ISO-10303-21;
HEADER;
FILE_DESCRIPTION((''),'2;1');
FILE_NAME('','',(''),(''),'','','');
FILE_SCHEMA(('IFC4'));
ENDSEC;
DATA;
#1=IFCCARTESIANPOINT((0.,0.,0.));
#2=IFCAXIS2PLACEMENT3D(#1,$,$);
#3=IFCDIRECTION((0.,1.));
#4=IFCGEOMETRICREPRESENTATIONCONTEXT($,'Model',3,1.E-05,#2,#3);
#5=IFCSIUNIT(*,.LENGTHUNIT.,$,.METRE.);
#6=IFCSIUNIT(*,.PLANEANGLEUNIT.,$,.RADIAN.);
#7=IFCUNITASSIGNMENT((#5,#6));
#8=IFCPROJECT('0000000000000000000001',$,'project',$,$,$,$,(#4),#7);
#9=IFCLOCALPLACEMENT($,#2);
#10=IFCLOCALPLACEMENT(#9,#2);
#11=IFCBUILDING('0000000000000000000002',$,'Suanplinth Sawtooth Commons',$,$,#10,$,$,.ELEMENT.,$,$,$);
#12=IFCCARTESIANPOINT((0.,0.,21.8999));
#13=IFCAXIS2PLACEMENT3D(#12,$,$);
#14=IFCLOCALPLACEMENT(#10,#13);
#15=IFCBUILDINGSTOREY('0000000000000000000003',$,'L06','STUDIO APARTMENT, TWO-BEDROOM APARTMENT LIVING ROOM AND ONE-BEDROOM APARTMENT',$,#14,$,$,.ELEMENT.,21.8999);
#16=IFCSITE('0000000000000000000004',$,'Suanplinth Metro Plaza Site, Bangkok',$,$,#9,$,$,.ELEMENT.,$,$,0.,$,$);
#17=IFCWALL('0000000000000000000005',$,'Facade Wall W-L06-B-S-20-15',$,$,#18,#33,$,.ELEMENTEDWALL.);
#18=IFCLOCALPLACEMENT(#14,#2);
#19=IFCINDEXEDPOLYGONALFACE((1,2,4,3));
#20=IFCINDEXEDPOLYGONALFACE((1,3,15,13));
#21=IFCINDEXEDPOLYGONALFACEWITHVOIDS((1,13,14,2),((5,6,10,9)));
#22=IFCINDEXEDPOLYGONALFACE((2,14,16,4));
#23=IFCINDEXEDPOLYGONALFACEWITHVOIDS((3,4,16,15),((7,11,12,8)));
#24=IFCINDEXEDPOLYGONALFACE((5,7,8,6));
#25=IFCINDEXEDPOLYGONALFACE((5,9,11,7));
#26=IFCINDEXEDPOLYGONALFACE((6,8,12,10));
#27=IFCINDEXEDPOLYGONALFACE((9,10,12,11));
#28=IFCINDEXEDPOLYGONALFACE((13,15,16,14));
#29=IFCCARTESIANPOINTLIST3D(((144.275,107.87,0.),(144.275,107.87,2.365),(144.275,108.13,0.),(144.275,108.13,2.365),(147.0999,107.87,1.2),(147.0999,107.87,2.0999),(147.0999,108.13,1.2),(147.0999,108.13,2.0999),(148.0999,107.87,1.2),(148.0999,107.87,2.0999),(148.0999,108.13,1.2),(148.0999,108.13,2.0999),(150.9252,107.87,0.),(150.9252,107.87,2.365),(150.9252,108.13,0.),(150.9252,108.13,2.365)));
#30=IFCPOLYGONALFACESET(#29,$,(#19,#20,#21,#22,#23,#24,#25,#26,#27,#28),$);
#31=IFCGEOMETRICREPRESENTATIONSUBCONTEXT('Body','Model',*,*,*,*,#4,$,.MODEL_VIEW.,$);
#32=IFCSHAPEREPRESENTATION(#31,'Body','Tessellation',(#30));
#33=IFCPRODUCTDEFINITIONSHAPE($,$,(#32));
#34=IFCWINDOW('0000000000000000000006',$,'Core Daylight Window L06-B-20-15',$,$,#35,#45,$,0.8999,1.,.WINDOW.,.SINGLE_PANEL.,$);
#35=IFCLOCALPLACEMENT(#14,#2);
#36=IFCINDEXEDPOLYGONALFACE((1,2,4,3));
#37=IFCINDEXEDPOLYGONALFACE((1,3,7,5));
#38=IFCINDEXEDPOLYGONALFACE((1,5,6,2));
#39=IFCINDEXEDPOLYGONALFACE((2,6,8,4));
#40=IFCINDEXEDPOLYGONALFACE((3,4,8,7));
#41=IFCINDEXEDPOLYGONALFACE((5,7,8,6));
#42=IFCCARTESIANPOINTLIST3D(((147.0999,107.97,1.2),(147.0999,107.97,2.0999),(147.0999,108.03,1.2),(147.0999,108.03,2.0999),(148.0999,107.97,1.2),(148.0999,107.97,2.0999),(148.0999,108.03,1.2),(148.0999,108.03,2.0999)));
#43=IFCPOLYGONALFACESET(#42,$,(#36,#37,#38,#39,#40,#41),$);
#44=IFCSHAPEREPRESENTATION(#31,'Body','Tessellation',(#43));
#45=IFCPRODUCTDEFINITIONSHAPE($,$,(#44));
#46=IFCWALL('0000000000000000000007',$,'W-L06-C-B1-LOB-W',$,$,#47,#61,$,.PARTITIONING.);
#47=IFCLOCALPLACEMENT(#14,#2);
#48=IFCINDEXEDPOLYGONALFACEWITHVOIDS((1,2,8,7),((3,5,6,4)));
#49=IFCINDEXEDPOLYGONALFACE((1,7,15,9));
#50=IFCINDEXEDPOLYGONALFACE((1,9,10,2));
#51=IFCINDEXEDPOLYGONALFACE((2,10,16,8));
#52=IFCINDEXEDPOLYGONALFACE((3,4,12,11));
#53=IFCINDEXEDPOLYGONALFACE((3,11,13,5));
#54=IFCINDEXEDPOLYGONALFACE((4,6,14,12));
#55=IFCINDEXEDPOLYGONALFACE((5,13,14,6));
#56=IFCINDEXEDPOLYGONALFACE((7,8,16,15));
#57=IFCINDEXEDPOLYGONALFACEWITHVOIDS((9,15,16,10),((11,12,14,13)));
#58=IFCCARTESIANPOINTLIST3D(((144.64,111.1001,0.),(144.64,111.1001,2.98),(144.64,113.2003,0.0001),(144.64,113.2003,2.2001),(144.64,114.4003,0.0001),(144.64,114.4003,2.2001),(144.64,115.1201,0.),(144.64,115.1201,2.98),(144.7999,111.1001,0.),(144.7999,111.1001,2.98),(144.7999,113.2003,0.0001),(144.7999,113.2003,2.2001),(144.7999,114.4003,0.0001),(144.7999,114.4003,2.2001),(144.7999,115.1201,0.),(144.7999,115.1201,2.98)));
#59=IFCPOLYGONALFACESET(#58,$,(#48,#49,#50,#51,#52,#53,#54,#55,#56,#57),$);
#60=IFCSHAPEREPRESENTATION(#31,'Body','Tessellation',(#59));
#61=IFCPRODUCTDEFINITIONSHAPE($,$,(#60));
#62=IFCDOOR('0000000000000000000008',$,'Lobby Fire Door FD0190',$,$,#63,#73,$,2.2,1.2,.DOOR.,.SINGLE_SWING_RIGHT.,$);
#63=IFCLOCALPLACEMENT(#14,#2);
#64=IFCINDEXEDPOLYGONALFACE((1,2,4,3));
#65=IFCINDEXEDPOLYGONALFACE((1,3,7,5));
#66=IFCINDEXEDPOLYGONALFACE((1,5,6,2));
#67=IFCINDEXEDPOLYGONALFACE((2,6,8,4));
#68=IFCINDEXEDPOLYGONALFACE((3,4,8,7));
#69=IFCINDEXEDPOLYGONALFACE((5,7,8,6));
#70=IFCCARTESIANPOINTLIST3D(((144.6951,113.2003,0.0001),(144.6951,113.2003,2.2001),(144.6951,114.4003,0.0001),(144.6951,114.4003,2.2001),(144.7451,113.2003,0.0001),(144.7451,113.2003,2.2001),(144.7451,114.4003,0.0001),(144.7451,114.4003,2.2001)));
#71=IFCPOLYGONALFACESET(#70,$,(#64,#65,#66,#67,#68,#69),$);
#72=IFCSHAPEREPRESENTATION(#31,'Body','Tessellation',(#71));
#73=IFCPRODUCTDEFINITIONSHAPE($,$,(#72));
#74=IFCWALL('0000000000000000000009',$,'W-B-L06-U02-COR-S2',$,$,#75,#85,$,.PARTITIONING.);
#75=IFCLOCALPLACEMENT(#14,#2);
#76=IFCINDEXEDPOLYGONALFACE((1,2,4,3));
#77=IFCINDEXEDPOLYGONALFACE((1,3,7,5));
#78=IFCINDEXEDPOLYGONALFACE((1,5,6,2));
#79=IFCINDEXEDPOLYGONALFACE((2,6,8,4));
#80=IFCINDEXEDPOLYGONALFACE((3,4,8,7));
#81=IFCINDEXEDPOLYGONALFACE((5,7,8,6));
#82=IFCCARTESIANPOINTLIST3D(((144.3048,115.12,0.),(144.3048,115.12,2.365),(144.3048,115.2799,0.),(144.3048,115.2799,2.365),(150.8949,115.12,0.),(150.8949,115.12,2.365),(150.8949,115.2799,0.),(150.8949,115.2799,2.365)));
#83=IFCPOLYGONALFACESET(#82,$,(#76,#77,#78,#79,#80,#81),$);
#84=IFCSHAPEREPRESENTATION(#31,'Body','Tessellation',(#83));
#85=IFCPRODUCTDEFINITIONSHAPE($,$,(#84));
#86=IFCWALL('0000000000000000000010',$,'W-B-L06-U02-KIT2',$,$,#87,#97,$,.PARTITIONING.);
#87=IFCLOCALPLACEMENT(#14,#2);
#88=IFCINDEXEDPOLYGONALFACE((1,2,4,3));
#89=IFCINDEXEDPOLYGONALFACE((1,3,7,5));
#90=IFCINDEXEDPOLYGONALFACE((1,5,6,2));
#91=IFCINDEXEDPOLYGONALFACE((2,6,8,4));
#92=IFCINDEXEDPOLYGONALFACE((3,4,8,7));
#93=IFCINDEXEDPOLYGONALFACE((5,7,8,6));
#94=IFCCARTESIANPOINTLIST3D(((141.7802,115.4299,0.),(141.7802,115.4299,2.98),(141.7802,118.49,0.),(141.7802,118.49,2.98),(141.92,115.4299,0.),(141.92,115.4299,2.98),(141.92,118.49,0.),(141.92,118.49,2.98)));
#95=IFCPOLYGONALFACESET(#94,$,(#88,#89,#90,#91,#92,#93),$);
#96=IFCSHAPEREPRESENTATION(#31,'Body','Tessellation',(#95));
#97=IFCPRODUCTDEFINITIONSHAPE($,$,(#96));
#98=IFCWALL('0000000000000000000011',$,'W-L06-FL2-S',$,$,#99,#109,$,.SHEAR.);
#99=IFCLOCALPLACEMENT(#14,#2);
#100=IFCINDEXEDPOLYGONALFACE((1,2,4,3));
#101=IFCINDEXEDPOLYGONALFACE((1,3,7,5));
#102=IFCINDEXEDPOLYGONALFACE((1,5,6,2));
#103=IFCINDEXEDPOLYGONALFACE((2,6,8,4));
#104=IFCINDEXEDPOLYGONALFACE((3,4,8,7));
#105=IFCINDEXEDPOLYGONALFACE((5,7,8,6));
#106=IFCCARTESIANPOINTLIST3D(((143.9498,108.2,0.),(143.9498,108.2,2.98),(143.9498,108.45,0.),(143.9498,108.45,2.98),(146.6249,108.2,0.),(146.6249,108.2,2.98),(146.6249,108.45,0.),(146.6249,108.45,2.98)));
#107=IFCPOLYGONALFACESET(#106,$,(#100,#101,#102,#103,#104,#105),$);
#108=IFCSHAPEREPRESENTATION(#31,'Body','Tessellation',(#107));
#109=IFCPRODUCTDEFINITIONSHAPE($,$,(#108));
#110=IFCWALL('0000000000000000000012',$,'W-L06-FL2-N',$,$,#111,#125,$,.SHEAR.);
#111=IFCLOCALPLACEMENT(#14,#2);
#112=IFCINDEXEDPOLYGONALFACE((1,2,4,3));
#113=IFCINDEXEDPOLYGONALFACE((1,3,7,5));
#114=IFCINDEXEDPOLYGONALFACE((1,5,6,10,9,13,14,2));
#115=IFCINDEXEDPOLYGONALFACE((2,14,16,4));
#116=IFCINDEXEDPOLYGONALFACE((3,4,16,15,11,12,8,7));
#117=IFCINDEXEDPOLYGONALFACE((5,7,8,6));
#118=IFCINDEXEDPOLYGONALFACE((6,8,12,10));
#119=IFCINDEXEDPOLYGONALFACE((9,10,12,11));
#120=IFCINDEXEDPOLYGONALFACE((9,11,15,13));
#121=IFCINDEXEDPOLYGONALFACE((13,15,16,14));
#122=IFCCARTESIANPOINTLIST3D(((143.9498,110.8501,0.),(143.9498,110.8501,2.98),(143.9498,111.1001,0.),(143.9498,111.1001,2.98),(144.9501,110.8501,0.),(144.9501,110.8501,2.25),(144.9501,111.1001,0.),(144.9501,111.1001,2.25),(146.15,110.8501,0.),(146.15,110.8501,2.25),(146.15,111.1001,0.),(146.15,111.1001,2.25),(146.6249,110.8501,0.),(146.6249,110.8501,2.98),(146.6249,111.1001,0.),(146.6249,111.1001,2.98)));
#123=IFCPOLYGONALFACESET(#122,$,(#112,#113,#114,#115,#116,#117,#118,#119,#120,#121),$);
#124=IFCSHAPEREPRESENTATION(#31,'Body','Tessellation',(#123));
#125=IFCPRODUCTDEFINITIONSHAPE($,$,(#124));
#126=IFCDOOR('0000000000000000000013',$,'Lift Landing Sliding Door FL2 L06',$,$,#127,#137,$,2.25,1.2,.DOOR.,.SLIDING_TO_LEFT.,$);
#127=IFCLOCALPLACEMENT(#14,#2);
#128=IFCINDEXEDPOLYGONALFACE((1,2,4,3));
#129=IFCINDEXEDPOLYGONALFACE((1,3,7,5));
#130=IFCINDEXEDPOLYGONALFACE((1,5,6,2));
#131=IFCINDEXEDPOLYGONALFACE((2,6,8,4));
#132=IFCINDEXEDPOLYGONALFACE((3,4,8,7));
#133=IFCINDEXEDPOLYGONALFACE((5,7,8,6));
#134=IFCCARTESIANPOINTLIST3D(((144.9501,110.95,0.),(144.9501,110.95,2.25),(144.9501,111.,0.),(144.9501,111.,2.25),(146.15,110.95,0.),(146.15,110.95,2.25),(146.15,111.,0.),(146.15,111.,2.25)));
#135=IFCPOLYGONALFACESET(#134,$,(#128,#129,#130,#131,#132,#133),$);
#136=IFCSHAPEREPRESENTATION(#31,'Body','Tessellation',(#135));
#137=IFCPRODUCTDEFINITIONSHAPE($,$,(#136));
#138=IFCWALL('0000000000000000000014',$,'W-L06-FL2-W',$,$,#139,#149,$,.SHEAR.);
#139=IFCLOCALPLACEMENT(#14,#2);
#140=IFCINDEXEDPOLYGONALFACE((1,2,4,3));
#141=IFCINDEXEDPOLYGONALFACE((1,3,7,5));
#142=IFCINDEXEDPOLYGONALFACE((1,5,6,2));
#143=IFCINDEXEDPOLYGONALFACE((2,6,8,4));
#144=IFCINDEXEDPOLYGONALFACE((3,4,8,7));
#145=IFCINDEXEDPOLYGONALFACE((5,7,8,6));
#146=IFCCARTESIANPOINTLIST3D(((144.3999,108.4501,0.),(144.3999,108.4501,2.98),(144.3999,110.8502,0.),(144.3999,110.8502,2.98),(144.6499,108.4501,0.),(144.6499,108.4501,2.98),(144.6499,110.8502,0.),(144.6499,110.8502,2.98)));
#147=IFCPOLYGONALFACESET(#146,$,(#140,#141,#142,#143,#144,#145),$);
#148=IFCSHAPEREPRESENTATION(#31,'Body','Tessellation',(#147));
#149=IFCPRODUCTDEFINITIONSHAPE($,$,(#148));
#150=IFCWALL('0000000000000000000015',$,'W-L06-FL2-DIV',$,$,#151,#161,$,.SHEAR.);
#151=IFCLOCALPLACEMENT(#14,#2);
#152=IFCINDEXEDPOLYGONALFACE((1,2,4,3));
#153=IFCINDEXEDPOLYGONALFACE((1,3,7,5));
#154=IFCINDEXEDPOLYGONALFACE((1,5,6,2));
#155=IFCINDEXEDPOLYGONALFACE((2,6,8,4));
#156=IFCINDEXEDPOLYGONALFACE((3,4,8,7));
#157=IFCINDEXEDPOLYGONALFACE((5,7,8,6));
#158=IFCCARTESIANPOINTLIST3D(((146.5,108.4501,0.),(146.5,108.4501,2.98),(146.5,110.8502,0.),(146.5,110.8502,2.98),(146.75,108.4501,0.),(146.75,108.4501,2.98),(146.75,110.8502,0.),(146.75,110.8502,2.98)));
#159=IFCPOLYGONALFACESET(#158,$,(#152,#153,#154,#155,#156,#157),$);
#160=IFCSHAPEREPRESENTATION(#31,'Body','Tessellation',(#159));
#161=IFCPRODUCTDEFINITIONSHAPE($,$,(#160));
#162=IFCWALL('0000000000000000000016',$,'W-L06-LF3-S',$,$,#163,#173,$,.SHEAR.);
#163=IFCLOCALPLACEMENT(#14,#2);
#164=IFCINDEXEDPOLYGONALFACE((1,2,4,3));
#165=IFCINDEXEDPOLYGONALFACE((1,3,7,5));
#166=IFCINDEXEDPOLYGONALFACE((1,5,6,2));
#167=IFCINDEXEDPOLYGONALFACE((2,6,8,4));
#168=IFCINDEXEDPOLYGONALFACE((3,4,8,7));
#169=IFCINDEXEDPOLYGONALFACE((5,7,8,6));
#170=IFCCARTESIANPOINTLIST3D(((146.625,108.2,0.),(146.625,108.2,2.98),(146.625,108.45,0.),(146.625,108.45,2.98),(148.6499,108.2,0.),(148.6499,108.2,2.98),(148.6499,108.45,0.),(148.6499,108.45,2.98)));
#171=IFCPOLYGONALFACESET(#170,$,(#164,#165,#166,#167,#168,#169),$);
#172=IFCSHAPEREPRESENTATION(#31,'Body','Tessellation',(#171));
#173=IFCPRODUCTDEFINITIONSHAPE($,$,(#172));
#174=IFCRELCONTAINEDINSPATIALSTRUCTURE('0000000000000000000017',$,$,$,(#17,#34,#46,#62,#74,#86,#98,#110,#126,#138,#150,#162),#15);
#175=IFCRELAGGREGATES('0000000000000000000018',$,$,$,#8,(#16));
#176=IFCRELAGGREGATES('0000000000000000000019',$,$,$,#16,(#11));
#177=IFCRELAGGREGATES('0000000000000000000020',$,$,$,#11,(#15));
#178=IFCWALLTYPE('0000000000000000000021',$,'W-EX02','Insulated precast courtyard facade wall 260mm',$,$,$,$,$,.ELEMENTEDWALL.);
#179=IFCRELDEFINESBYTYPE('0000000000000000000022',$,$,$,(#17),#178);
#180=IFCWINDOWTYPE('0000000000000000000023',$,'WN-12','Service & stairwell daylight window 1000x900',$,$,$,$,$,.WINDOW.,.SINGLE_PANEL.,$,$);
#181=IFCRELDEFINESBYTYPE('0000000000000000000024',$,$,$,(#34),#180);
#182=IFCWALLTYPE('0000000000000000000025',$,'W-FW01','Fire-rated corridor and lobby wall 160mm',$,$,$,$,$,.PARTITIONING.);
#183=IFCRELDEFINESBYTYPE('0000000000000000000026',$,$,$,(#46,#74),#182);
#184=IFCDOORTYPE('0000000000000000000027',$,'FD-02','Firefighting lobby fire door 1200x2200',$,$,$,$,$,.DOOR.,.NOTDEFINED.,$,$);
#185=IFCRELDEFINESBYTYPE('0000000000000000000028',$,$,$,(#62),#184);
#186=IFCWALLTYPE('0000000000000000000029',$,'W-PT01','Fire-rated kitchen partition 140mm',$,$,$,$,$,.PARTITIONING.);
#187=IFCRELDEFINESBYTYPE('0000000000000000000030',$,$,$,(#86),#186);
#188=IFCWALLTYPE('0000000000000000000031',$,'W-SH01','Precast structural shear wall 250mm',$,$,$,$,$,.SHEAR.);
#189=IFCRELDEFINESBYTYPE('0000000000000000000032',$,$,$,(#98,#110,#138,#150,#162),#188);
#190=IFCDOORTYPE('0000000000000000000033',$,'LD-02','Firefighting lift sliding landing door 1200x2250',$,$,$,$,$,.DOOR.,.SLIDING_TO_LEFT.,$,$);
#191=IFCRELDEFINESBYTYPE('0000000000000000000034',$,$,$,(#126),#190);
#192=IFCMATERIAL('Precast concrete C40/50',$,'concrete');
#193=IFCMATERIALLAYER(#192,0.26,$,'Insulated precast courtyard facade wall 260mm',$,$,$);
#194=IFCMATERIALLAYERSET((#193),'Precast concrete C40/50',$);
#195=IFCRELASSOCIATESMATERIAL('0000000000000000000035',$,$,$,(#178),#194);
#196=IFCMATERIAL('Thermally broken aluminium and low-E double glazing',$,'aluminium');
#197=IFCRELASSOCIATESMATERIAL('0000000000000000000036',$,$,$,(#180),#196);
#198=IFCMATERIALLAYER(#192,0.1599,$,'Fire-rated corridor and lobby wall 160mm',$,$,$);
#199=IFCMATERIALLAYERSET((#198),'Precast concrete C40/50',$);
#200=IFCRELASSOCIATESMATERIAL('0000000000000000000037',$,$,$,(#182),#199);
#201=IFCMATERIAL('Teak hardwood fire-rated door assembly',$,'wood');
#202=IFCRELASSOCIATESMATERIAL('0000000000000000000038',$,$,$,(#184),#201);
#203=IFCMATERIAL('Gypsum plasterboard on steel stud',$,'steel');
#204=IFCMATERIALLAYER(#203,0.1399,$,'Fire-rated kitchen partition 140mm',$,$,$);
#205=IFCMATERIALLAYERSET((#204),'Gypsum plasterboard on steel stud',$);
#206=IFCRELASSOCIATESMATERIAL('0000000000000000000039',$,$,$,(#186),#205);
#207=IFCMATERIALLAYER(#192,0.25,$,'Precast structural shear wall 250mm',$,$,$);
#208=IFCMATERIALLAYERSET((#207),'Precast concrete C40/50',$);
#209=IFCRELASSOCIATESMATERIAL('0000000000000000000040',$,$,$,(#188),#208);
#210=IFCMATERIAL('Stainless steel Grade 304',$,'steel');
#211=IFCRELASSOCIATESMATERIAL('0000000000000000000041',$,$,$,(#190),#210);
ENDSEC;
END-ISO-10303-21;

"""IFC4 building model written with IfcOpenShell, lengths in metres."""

from ifc_helpers import new_model, si_unit, direction, frame, frame_2d, origin, place, context, subcontext, project, spatial, rectangle, extrude, material, layer, layer_set, type_object, element, fill, save


model = new_model("IFC4")

# Units and contexts
model_context = context("Model", 3, precision=1e-05, world=origin(), true_north=direction((0.0, 1.0)))
body_context = subcontext(model_context, "Body", "Model", "MODEL_VIEW")
ifc_project = project(units=[si_unit("LENGTHUNIT", "METRE"), si_unit("PLANEANGLEUNIT", "RADIAN")], contexts=[model_context])

# Site, building, storey
site_placement = place(None, origin())
site = spatial("IfcSite", under=ifc_project, at=site_placement, Name="Suanplinth Metro Plaza Site, Bangkok", CompositionType="ELEMENT", RefElevation=0.0)
building_placement = place(site_placement, origin())
building = spatial("IfcBuilding", under=site, at=building_placement, Name="Suanplinth Sawtooth Commons", CompositionType="ELEMENT")
storey_placement = place(building_placement, frame((0.0, 0.0, 21.8999)))
storey = spatial("IfcBuildingStorey", under=building, at=storey_placement, Name="L06", Description="STUDIO APARTMENT, TWO-BEDROOM APARTMENT LIVING ROOM AND ONE-BEDROOM APARTMENT", CompositionType="ELEMENT", Elevation=21.8999)

# Shared definitions
ifc_material_1 = material(Name="Precast concrete C40/50", Category="concrete")

# Wall, opening, window
ifc_layer_1 = layer(ifc_material_1, 0.26, Name="Insulated precast courtyard facade wall 260mm")
ifc_layer_set_1 = layer_set([ifc_layer_1], Name="Precast concrete C40/50")
wall_type_1 = type_object("IfcWallType", Name="W-EX02", Description="Insulated precast courtyard facade wall 260mm", PredefinedType="ELEMENTEDWALL", material=ifc_layer_set_1)
wall_1_placement = place(storey_placement, frame((144.2749, 108.0, 0.0), z_axis=(0.0, 0.0, 1.0), x_axis=(1.0, 0.0, 0.0)))
wall_1 = element("IfcWall", 1, at=wall_1_placement, inside=storey, type_object=wall_type_1, Name="Facade Wall W-L06-B-S-20-15", PredefinedType="ELEMENTEDWALL", context=body_context, shape_type="SweptSolid", body=[
    extrude(rectangle(XDim=6.6501, YDim=0.26, at=frame_2d((3.3252, 0.0))), origin(), (0.0, 0.0, 1.0), 2.365),
])
opening_1_placement = place(wall_1_placement, frame((2.825, 0.0, 1.2)))
opening_1 = element("IfcOpeningElement", 2, at=opening_1_placement, cuts=wall_1, PredefinedType="OPENING", context=body_context, shape_type="SweptSolid", body=[
    extrude(rectangle(XDim=1.0, YDim=0.8999, at=frame_2d((0.5, 0.45))), frame((0.0, 0.145, 0.0), z_axis=(0.0, -1.0, 0.0), x_axis=(1.0, 0.0, 0.0)), (0.0, 0.0, 1.0), 0.2898),
])
ifc_material_2 = material(Name="Thermally broken aluminium and low-E double glazing", Category="aluminium")
window_type = type_object("IfcWindowType", Name="WN-12", Description="Service & stairwell daylight window 1000x900", PartitioningType="SINGLE_PANEL", PredefinedType="WINDOW", material=ifc_material_2)
window_placement = place(opening_1_placement, origin())
window = element("IfcWindow", 3, at=window_placement, inside=storey, type_object=window_type, Name="Core Daylight Window L06-B-20-15", OverallHeight=0.8999, OverallWidth=1.0, PartitioningType="SINGLE_PANEL", PredefinedType="WINDOW", context=body_context, shape_type="SweptSolid", body=[
    extrude(rectangle(XDim=1.0, YDim=0.8999, at=frame_2d((0.5, 0.45))), frame((0.0, 0.03, 0.0), z_axis=(0.0, -1.0, 0.0), x_axis=(1.0, 0.0, 0.0)), (0.0, 0.0, 1.0), 0.0601),
])
fill(opening_1, window)

# Wall, opening, door
ifc_layer_2 = layer(ifc_material_1, 0.1599, Name="Fire-rated corridor and lobby wall 160mm")
ifc_layer_set_2 = layer_set([ifc_layer_2], Name="Precast concrete C40/50")
wall_type_2 = type_object("IfcWallType", Name="W-FW01", Description="Fire-rated corridor and lobby wall 160mm", PredefinedType="PARTITIONING", material=ifc_layer_set_2)
wall_2_placement = place(storey_placement, frame((144.72, 111.1001, 0.0), z_axis=(0.0, 0.0, 1.0), x_axis=(0.0, 1.0, 0.0)))
wall_2 = element("IfcWall", 4, at=wall_2_placement, inside=storey, type_object=wall_type_2, Name="W-L06-C-B1-LOB-W", PredefinedType="PARTITIONING", context=body_context, shape_type="SweptSolid", body=[
    extrude(rectangle(XDim=4.02, YDim=0.1599, at=frame_2d((2.01, 0.0))), origin(), (0.0, 0.0, 1.0), 2.98),
])
opening_2_placement = place(wall_2_placement, frame((2.1001, 0.0, 0.0)))
opening_2 = element("IfcOpeningElement", 5, at=opening_2_placement, cuts=wall_2, PredefinedType="OPENING", context=body_context, shape_type="SweptSolid", body=[
    extrude(rectangle(XDim=1.2, YDim=2.2, at=frame_2d((0.6001, 1.1001))), frame((0.0, 0.0947, 0.0), z_axis=(0.0, -1.0, 0.0), x_axis=(1.0, 0.0, 0.0)), (0.0, 0.0, 1.0), 0.1897),
])
ifc_material_3 = material(Name="Teak hardwood fire-rated door assembly", Category="wood")
door_type_1 = type_object("IfcDoorType", Name="FD-02", Description="Firefighting lobby fire door 1200x2200", OperationType="NOTDEFINED", PredefinedType="DOOR", material=ifc_material_3)
door_1_placement = place(opening_2_placement, origin())
door_1 = element("IfcDoor", 6, at=door_1_placement, inside=storey, type_object=door_type_1, Name="Lobby Fire Door FD0190", OperationType="SINGLE_SWING_RIGHT", OverallHeight=2.2, OverallWidth=1.2, PredefinedType="DOOR", context=body_context, shape_type="SweptSolid", body=[
    extrude(rectangle(XDim=1.2, YDim=2.2, at=frame_2d((0.6001, 1.1001))), frame((0.0, 0.0249, 0.0), z_axis=(0.0, -1.0, 0.0), x_axis=(1.0, 0.0, 0.0)), (0.0, 0.0, 1.0), 0.05),
])
fill(opening_2, door_1)

# Walls
wall_3_placement = place(storey_placement, frame((144.3049, 115.2, 0.0), z_axis=(0.0, 0.0, 1.0), x_axis=(1.0, 0.0, 0.0)))
element("IfcWall", 7, at=wall_3_placement, inside=storey, type_object=wall_type_2, Name="W-B-L06-U02-COR-S2", PredefinedType="PARTITIONING", context=body_context, shape_type="SweptSolid", body=[
    extrude(rectangle(XDim=6.5901, YDim=0.1599, at=frame_2d((3.2949, 0.0))), origin(), (0.0, 0.0, 1.0), 2.365),
])
ifc_material_4 = material(Name="Gypsum plasterboard on steel stud", Category="steel")
ifc_layer_3 = layer(ifc_material_4, 0.1399, Name="Fire-rated kitchen partition 140mm")
ifc_layer_set_3 = layer_set([ifc_layer_3], Name="Gypsum plasterboard on steel stud")
wall_type_3 = type_object("IfcWallType", Name="W-PT01", Description="Fire-rated kitchen partition 140mm", PredefinedType="PARTITIONING", material=ifc_layer_set_3)
wall_4_placement = place(storey_placement, frame((141.8501, 115.4299, 0.0), z_axis=(0.0, 0.0, 1.0), x_axis=(0.0, 1.0, 0.0)))
element("IfcWall", 8, at=wall_4_placement, inside=storey, type_object=wall_type_3, Name="W-B-L06-U02-KIT2", PredefinedType="PARTITIONING", context=body_context, shape_type="SweptSolid", body=[
    extrude(rectangle(XDim=3.0601, YDim=0.1399, at=frame_2d((1.53, 0.0))), origin(), (0.0, 0.0, 1.0), 2.98),
])
ifc_layer_4 = layer(ifc_material_1, 0.25, Name="Precast structural shear wall 250mm")
ifc_layer_set_4 = layer_set([ifc_layer_4], Name="Precast concrete C40/50")
wall_type_4 = type_object("IfcWallType", Name="W-SH01", Description="Precast structural shear wall 250mm", PredefinedType="SHEAR", material=ifc_layer_set_4)
wall_5_placement = place(storey_placement, frame((143.95, 108.325, 0.0), z_axis=(0.0, 0.0, 1.0), x_axis=(1.0, 0.0, 0.0)))
element("IfcWall", 9, at=wall_5_placement, inside=storey, type_object=wall_type_4, Name="W-L06-FL2-S", PredefinedType="SHEAR", context=body_context, shape_type="SweptSolid", body=[
    extrude(rectangle(XDim=2.675, YDim=0.25, at=frame_2d((1.3374, 0.0))), origin(), (0.0, 0.0, 1.0), 2.98),
])

# Wall, opening, door
wall_6_placement = place(storey_placement, frame((143.95, 110.9751, 0.0), z_axis=(0.0, 0.0, 1.0), x_axis=(1.0, 0.0, 0.0)))
wall_6 = element("IfcWall", 10, at=wall_6_placement, inside=storey, type_object=wall_type_4, Name="W-L06-FL2-N", PredefinedType="SHEAR", context=body_context, shape_type="SweptSolid", body=[
    extrude(rectangle(XDim=2.675, YDim=0.25, at=frame_2d((1.3374, 0.0))), origin(), (0.0, 0.0, 1.0), 2.98),
])
opening_3_placement = place(wall_6_placement, frame((1.0, 0.0, 0.0)))
opening_3 = element("IfcOpeningElement", 11, at=opening_3_placement, cuts=wall_6, PredefinedType="OPENING", context=body_context, shape_type="SweptSolid", body=[
    extrude(rectangle(XDim=1.2, YDim=2.25, at=frame_2d((0.6001, 1.125))), frame((0.0, 0.1399, 0.0), z_axis=(0.0, -1.0, 0.0), x_axis=(1.0, 0.0, 0.0)), (0.0, 0.0, 1.0), 0.2798),
])
ifc_material_5 = material(Name="Stainless steel Grade 304", Category="steel")
door_type_2 = type_object("IfcDoorType", Name="LD-02", Description="Firefighting lift sliding landing door 1200x2250", OperationType="SLIDING_TO_LEFT", PredefinedType="DOOR", material=ifc_material_5)
door_2_placement = place(opening_3_placement, origin())
door_2 = element("IfcDoor", 12, at=door_2_placement, inside=storey, type_object=door_type_2, Name="Lift Landing Sliding Door FL2 L06", OperationType="SLIDING_TO_LEFT", OverallHeight=2.25, OverallWidth=1.2, PredefinedType="DOOR", context=body_context, shape_type="SweptSolid", body=[
    extrude(rectangle(XDim=1.2, YDim=2.25, at=frame_2d((0.6001, 1.125))), frame((0.0, 0.0249, 0.0), z_axis=(0.0, -1.0, 0.0), x_axis=(1.0, 0.0, 0.0)), (0.0, 0.0, 1.0), 0.05),
])
fill(opening_3, door_2)

# Walls
for number, where, z_axis, x_axis, name in (
    (13, (144.5249, 108.45, 0.0), (0.0, 0.0, 1.0), (0.0, 1.0, 0.0), "W-L06-FL2-W"),
    (14, (146.625, 108.45, 0.0), (0.0, 0.0, 1.0), (0.0, 1.0, 0.0), "W-L06-FL2-DIV"),
):
    element("IfcWall", number, at=place(storey_placement, frame(where, z_axis=z_axis, x_axis=x_axis)), inside=storey, type_object=wall_type_4, Name=name, PredefinedType="SHEAR", context=body_context, shape_type="SweptSolid", body=[
        extrude(rectangle(XDim=2.4001, YDim=0.25, at=frame_2d((1.2002, 0.0))), origin(), (0.0, 0.0, 1.0), 2.98),
    ])
wall_7_placement = place(storey_placement, frame((146.625, 108.325, 0.0), z_axis=(0.0, 0.0, 1.0), x_axis=(1.0, 0.0, 0.0)))
element("IfcWall", 15, at=wall_7_placement, inside=storey, type_object=wall_type_4, Name="W-L06-LF3-S", PredefinedType="SHEAR", context=body_context, shape_type="SweptSolid", body=[
    extrude(rectangle(XDim=2.0249, YDim=0.25, at=frame_2d((1.0125, 0.0))), origin(), (0.0, 0.0, 1.0), 2.98),
])

save(model, "model.ifc")
